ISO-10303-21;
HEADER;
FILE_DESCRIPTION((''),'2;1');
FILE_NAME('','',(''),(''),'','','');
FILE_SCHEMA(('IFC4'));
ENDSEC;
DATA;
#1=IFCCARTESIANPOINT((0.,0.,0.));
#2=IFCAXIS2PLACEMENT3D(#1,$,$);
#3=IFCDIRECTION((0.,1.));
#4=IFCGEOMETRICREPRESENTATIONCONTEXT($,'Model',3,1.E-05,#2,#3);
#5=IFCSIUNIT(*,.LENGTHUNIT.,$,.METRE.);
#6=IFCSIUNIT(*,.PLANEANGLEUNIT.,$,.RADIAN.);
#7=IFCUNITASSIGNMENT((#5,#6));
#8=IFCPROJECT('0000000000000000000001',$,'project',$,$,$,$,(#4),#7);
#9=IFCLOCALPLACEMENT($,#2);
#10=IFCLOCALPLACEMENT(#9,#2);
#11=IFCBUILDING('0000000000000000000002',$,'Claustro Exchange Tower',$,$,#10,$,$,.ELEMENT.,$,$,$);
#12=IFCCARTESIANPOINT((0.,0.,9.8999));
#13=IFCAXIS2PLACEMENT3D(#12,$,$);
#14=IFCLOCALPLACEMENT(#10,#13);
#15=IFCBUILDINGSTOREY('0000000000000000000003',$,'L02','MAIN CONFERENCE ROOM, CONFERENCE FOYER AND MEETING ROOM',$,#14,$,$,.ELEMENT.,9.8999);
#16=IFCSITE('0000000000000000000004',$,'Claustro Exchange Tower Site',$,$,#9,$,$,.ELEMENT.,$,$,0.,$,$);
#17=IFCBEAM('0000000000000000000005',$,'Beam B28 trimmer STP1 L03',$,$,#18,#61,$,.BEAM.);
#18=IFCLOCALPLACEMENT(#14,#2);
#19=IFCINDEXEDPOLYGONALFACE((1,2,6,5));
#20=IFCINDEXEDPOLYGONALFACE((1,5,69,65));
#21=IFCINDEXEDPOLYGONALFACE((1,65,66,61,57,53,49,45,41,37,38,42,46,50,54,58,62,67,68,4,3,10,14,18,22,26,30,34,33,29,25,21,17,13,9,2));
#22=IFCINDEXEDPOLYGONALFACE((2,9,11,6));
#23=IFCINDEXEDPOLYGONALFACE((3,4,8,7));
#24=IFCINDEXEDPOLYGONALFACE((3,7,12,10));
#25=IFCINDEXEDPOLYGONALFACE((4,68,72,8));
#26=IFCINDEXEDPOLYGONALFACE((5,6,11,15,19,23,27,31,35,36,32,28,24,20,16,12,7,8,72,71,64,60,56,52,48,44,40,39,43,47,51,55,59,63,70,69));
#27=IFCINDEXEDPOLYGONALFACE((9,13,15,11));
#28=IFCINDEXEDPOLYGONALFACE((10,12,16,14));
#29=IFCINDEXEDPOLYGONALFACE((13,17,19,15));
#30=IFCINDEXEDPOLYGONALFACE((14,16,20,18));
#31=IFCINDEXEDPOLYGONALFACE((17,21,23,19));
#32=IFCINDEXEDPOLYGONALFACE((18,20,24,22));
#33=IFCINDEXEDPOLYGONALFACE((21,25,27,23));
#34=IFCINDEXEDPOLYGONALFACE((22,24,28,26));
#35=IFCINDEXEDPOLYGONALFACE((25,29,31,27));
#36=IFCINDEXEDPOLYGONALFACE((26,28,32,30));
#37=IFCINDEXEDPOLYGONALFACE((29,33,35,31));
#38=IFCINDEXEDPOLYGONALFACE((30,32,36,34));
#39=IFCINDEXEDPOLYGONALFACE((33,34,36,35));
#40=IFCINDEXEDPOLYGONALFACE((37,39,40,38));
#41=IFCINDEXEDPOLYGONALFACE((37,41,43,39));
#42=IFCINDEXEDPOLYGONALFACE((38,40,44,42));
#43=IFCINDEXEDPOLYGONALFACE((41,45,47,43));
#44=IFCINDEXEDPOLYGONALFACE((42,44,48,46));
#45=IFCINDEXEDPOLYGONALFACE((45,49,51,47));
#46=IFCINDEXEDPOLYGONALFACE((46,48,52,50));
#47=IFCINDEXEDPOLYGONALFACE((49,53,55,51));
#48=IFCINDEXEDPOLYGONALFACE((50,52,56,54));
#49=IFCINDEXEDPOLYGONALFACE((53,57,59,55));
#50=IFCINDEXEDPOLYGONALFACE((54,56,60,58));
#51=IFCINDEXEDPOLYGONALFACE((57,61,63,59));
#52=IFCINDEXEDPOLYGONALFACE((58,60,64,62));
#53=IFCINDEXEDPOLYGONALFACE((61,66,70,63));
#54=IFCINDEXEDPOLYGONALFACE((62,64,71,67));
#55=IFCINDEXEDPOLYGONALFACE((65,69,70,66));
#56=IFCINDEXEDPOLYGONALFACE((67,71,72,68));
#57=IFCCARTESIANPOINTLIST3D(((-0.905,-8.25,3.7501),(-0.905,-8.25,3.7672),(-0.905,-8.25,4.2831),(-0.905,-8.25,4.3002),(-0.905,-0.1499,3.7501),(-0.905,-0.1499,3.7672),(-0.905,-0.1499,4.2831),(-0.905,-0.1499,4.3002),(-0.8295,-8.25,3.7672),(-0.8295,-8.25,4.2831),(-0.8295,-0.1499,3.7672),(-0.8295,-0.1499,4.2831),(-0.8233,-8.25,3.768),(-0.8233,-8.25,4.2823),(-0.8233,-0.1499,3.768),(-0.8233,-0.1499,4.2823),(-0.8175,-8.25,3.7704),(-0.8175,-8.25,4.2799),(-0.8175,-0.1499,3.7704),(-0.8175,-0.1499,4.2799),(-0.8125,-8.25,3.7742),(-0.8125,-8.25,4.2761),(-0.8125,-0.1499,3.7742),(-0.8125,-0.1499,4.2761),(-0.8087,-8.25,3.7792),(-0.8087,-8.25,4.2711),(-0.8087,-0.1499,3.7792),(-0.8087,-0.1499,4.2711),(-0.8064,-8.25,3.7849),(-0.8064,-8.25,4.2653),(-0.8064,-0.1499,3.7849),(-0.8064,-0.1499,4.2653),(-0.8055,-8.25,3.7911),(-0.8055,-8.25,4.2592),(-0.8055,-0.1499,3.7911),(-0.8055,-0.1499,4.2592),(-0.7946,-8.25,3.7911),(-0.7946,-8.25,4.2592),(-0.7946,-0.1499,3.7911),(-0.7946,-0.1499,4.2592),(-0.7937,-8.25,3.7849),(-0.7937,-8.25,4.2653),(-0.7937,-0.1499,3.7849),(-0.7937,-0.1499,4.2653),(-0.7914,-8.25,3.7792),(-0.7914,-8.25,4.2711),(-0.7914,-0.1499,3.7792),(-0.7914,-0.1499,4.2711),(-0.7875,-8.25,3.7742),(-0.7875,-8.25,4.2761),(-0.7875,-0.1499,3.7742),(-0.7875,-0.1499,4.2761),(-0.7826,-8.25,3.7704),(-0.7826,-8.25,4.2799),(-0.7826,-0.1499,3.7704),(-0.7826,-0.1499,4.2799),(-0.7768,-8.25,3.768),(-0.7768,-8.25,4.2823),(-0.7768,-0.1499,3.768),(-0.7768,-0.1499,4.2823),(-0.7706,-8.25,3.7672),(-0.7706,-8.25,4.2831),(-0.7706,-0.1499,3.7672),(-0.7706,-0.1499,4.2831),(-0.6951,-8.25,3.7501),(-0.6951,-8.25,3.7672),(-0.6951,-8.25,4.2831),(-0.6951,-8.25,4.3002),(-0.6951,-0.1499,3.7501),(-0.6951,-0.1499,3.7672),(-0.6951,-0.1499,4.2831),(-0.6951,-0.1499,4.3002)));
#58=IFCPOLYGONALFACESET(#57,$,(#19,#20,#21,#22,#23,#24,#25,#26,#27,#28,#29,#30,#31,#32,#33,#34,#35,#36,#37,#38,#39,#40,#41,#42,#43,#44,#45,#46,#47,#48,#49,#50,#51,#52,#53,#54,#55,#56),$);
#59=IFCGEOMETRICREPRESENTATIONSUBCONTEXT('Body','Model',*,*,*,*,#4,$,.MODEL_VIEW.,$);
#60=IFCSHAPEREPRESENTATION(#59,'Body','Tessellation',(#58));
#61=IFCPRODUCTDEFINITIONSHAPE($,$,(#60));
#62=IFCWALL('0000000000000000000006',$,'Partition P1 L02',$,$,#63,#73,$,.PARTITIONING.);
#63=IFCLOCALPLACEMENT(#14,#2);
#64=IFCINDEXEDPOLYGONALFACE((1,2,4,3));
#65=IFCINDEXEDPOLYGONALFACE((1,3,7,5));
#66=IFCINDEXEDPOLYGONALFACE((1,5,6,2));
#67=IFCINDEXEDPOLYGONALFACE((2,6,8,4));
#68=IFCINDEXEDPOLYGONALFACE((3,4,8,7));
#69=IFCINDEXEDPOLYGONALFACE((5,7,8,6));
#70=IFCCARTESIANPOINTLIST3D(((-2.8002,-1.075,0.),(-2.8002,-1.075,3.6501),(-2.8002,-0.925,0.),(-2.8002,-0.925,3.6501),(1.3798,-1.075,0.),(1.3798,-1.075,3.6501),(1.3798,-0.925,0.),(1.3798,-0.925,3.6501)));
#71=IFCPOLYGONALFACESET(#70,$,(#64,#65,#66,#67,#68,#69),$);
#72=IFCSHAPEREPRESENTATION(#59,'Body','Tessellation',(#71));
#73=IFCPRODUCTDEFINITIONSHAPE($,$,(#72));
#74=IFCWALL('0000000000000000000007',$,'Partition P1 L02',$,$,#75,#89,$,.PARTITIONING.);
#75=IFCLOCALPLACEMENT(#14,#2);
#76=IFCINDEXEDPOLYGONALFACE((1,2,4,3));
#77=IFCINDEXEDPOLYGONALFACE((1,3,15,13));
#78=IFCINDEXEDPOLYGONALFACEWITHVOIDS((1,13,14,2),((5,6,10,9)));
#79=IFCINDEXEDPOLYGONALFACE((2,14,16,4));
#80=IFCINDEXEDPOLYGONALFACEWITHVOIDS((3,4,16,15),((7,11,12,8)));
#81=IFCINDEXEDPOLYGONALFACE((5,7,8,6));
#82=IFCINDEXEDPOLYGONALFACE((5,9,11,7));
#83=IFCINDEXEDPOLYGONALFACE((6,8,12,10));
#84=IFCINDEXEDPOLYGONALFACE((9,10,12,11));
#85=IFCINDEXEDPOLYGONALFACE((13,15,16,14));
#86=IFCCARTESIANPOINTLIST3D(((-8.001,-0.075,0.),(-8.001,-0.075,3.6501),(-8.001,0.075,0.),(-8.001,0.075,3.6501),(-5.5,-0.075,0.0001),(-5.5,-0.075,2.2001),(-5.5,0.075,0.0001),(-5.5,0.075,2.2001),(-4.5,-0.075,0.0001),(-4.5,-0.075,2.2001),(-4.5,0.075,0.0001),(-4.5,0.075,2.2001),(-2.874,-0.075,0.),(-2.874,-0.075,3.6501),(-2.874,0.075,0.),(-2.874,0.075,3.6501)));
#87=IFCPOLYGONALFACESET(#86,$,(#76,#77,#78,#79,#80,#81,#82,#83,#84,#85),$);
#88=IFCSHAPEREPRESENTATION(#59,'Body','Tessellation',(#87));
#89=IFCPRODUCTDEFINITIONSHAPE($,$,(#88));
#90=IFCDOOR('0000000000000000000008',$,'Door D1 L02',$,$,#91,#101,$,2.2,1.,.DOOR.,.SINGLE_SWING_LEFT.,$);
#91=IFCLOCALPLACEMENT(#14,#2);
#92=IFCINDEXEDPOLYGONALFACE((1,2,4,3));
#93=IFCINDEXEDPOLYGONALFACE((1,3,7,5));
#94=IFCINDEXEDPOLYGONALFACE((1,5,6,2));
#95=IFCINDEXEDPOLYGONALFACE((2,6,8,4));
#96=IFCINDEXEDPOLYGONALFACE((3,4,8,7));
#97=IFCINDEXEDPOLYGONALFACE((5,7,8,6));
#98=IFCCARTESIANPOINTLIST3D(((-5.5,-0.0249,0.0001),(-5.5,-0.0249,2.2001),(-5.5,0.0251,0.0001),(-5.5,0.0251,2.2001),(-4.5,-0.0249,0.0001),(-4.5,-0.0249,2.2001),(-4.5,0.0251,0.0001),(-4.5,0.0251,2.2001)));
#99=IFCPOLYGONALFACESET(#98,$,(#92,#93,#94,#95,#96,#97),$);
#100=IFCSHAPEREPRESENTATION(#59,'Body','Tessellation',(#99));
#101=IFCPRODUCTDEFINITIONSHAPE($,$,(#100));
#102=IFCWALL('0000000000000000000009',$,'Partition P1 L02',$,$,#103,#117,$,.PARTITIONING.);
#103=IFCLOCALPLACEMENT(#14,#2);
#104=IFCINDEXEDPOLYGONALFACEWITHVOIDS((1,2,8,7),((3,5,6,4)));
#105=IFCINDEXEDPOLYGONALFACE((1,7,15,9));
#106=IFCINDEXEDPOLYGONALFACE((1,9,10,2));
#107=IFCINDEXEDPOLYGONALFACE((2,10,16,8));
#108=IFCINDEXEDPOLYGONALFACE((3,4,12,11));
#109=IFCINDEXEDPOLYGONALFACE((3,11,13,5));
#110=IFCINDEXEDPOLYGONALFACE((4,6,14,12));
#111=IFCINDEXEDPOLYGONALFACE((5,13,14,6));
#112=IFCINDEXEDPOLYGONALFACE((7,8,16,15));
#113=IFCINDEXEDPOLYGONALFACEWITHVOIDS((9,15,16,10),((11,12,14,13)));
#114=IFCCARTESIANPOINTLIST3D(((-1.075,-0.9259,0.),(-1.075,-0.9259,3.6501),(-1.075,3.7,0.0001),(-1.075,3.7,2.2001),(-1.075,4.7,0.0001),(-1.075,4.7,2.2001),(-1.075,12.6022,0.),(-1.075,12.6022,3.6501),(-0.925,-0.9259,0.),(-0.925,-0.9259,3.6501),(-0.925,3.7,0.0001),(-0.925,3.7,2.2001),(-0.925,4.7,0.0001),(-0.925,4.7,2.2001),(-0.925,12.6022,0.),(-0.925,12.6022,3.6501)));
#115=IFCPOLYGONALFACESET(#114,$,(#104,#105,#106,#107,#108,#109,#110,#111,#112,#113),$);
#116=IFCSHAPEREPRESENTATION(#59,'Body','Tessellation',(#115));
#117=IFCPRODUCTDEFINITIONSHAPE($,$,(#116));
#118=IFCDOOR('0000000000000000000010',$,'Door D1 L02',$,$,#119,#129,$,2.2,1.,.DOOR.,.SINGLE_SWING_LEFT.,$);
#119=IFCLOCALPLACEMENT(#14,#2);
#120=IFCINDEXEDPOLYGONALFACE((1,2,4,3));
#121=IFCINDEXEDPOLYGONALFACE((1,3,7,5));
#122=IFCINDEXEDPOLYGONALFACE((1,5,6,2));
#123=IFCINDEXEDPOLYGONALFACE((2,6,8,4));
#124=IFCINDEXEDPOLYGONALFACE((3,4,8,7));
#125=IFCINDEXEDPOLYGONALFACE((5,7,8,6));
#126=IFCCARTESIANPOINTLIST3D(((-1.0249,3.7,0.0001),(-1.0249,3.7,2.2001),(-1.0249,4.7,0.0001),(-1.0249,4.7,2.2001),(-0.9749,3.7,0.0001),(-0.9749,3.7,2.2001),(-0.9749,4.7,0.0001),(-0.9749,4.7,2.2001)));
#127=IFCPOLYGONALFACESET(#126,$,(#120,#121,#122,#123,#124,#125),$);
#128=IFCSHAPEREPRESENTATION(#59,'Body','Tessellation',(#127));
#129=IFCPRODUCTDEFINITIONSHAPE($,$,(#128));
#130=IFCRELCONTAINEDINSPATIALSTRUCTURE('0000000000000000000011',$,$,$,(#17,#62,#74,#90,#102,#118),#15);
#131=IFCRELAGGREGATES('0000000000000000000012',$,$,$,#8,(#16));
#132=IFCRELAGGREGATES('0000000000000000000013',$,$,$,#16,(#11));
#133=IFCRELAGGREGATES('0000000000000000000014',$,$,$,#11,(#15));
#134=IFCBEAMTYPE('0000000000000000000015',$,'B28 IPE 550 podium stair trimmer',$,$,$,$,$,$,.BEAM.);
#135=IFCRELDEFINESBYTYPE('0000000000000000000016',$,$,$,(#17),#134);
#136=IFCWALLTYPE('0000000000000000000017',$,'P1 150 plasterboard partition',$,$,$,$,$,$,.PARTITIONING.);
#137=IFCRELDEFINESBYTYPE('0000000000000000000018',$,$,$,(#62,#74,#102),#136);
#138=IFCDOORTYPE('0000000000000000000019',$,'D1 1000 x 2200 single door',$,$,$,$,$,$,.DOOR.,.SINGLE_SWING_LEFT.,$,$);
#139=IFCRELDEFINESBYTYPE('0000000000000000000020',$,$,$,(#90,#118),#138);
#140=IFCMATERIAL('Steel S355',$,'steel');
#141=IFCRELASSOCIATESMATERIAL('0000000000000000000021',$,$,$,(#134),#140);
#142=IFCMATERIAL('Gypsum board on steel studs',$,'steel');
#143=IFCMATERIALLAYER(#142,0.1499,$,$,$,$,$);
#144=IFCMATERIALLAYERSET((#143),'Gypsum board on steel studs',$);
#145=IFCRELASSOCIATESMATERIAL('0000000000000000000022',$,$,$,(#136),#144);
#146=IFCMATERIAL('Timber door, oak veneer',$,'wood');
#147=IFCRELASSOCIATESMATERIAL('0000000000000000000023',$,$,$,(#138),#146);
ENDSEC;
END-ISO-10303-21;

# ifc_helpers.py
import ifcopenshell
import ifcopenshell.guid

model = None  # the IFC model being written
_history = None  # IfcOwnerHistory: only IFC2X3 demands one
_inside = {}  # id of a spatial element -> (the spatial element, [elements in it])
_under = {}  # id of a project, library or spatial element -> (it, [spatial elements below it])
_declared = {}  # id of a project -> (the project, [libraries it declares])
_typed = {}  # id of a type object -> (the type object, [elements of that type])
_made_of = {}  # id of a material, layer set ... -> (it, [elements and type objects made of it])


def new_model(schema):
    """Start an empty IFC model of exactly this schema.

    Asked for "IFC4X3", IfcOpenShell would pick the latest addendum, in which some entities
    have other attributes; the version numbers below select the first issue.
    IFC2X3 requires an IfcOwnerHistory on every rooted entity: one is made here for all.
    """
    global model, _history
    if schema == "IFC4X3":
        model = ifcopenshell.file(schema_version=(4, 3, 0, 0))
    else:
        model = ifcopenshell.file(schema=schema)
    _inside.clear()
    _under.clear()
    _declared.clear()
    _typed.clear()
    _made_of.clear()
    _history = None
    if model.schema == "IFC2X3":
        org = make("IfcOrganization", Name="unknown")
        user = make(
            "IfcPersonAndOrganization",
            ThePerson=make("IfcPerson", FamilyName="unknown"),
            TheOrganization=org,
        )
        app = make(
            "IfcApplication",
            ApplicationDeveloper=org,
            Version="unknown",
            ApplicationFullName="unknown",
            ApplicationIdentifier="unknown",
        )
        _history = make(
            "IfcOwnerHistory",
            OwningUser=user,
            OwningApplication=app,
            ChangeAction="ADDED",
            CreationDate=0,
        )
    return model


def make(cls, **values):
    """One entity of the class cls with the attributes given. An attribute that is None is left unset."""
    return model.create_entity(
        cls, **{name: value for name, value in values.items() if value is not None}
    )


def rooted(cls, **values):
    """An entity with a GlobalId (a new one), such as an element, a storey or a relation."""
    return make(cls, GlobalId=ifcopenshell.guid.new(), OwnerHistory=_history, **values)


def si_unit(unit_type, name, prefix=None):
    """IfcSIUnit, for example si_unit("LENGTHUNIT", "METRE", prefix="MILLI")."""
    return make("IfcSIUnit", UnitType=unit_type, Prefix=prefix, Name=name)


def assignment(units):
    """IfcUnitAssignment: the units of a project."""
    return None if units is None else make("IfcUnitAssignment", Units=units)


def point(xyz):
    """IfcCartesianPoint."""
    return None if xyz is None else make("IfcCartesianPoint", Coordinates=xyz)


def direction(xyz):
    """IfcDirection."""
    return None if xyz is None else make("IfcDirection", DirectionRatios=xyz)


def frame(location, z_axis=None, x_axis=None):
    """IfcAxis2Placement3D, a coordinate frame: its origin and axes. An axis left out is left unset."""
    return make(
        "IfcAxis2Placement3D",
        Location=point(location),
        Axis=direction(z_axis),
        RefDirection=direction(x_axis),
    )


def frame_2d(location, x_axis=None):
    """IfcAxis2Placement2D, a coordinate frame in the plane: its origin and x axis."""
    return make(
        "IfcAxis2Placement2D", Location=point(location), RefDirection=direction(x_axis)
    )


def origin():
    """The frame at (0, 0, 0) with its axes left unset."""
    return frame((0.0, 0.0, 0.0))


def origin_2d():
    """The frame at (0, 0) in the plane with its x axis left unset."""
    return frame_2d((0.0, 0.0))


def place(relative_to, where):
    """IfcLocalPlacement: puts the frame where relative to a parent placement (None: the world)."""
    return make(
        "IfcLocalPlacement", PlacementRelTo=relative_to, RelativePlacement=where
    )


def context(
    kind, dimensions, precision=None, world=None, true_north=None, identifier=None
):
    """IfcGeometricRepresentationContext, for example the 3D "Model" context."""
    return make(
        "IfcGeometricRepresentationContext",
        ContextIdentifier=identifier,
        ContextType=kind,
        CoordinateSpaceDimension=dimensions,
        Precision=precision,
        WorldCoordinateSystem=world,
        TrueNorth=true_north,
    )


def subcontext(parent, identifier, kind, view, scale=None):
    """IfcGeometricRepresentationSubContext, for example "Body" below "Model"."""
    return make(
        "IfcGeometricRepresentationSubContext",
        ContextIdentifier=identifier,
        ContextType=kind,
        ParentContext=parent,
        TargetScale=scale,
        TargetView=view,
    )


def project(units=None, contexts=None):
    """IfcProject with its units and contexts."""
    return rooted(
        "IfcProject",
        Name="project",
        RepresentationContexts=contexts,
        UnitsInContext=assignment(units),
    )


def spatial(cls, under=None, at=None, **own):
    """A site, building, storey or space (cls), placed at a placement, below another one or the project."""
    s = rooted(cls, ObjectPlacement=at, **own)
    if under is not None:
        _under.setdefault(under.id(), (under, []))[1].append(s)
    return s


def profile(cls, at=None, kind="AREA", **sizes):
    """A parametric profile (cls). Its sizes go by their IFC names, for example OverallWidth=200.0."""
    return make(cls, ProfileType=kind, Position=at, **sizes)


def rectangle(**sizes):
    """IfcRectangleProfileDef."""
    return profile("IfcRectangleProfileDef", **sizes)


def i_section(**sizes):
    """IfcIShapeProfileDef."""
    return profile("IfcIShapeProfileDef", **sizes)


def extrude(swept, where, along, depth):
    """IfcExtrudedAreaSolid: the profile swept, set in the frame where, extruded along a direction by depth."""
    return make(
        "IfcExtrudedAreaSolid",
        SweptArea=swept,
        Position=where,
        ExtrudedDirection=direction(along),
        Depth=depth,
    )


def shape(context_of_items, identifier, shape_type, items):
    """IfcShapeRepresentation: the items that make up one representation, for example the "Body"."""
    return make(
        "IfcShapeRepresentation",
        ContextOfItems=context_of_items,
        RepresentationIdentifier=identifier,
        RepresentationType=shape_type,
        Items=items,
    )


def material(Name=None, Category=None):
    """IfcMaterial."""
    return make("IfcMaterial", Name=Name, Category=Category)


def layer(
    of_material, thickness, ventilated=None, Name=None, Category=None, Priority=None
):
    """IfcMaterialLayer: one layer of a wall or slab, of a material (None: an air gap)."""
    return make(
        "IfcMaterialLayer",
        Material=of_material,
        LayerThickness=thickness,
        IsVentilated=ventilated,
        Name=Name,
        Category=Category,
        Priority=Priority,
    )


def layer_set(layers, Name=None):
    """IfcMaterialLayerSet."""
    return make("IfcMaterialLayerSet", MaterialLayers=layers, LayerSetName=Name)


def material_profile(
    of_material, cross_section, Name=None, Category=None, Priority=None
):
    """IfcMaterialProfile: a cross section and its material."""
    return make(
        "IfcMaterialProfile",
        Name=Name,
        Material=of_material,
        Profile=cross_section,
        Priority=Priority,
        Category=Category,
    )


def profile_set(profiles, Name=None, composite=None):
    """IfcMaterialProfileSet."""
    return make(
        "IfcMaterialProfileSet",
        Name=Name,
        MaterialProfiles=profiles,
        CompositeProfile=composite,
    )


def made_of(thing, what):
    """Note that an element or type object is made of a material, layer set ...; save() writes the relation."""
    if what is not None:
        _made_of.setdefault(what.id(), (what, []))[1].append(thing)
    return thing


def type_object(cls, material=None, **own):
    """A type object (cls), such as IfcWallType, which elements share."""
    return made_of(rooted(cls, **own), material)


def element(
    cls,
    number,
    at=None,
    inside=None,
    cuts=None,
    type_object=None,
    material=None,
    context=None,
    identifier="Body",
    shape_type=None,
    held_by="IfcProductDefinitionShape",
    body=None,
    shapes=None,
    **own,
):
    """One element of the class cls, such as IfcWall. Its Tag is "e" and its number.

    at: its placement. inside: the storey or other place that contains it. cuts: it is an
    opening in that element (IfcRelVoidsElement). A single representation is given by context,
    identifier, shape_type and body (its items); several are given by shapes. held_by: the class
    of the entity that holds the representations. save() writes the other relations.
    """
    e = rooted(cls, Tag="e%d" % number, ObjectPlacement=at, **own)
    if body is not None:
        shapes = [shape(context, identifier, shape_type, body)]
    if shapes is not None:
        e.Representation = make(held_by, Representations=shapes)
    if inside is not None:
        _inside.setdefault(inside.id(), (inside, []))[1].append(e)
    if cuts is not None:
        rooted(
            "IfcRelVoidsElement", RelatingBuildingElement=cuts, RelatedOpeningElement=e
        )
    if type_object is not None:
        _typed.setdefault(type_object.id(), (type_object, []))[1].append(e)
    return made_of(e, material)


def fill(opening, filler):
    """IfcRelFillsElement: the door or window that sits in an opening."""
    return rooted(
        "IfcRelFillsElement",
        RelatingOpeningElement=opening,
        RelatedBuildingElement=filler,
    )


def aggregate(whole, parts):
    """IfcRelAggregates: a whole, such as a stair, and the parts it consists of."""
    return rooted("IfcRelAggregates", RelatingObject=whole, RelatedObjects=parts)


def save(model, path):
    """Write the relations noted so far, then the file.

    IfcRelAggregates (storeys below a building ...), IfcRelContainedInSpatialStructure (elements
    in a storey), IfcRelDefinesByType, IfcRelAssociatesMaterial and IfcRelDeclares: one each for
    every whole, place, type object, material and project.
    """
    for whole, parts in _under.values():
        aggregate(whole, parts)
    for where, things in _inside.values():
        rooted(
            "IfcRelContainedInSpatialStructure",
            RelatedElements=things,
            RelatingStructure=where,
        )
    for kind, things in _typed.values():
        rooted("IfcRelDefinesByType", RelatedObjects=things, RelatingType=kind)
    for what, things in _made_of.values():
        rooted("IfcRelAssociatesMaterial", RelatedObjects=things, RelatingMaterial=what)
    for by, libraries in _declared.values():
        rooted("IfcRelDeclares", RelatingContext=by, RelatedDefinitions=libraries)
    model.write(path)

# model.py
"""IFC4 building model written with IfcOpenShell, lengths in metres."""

from ifc_helpers import new_model, si_unit, direction, frame, frame_2d, origin, origin_2d, place, context, subcontext, project, spatial, rectangle, i_section, extrude, material, layer, layer_set, material_profile, profile_set, type_object, element, fill, save


model = new_model("IFC4")

# Units and contexts
model_context = context("Model", 3, precision=1e-05, world=origin(), true_north=direction((0.0, 1.0)))
body_context = subcontext(model_context, "Body", "Model", "MODEL_VIEW")
ifc_project = project(units=[si_unit("LENGTHUNIT", "METRE"), si_unit("PLANEANGLEUNIT", "RADIAN")], contexts=[model_context])

# Site, building, storey
site_placement = place(None, origin())
site = spatial("IfcSite", under=ifc_project, at=site_placement, Name="Claustro Exchange Tower Site", CompositionType="ELEMENT", RefElevation=0.0)
building_placement = place(site_placement, origin())
building = spatial("IfcBuilding", under=site, at=building_placement, Name="Claustro Exchange Tower", CompositionType="ELEMENT")
storey_placement = place(building_placement, frame((0.0, 0.0, 9.8999)))
storey = spatial("IfcBuildingStorey", under=building, at=storey_placement, Name="L02", Description="MAIN CONFERENCE ROOM, CONFERENCE FOYER AND MEETING ROOM", CompositionType="ELEMENT", Elevation=9.8999)

# Beam
ifc_material_1 = material(Name="Steel S355", Category="steel")
ifc_material_profile_1 = material_profile(ifc_material_1, i_section(OverallWidth=0.21, OverallDepth=0.55, WebThickness=0.011, FlangeThickness=0.0171, FilletRadius=0.0239, at=origin_2d()), Name="IPE 550")
ifc_profile_set_1 = profile_set([ifc_material_profile_1], Name="Steel S355")
beam_type_1 = type_object("IfcBeamType", Name="B28 IPE 550 podium stair trimmer", PredefinedType="BEAM", material=ifc_profile_set_1)
beam_placement = place(storey_placement, frame((-0.8, -8.25, 4.0251), z_axis=(0.0, 1.0, 0.0), x_axis=(-1.0, 0.0, 0.0)))
element("IfcBeam", 1, at=beam_placement, inside=storey, type_object=beam_type_1, Name="Beam B28 trimmer STP1 L03", PredefinedType="BEAM", context=body_context, shape_type="SweptSolid", body=[
    extrude(i_section(OverallWidth=0.21, OverallDepth=0.55, WebThickness=0.011, FlangeThickness=0.0171, FilletRadius=0.0239, at=origin_2d()), origin(), (0.0, 0.0, 1.0), 8.1001),
])

# Wall
ifc_material_2 = material(Name="Gypsum board on steel studs", Category="steel")
ifc_layer_1 = layer(ifc_material_2, 0.1499)
ifc_layer_set_1 = layer_set([ifc_layer_1], Name="Gypsum board on steel studs")
wall_type_1 = type_object("IfcWallType", Name="P1 150 plasterboard partition", PredefinedType="PARTITIONING", material=ifc_layer_set_1)
wall_1_placement = place(storey_placement, frame((-2.8, -1.0, 0.0), z_axis=(0.0, 0.0, 1.0), x_axis=(1.0, 0.0, 0.0)))
element("IfcWall", 2, at=wall_1_placement, inside=storey, type_object=wall_type_1, Name="Partition P1 L02", PredefinedType="PARTITIONING", context=body_context, shape_type="SweptSolid", body=[
    extrude(rectangle(XDim=4.1799, YDim=0.1499, at=frame_2d((2.0898, 0.0))), origin(), (0.0, 0.0, 1.0), 3.6501),
])

# Walls, openings, doors
wall_2_placement = place(storey_placement, frame((-8.001, 0.0, 0.0), z_axis=(0.0, 0.0, 1.0), x_axis=(1.0, 0.0, 0.0)))
wall_2 = element("IfcWall", 3, at=wall_2_placement, inside=storey, type_object=wall_type_1, Name="Partition P1 L02", PredefinedType="PARTITIONING", context=body_context, shape_type="SweptSolid", body=[
    extrude(rectangle(XDim=5.127, YDim=0.1499, at=frame_2d((2.5635, 0.0))), origin(), (0.0, 0.0, 1.0), 3.6501),
])
opening_1_placement = place(wall_2_placement, frame((2.501, 0.0, 0.0)))
opening_1 = element("IfcOpeningElement", 4, at=opening_1_placement, cuts=wall_2, PredefinedType="OPENING", context=body_context, shape_type="SweptSolid", body=[
    extrude(rectangle(XDim=1.0, YDim=2.2, at=frame_2d((0.5, 1.1001))), frame((0.0, 0.085, 0.0), z_axis=(0.0, -1.0, 0.0), x_axis=(1.0, 0.0, 0.0)), (0.0, 0.0, 1.0), 0.1699),
])
ifc_material_3 = material(Name="Timber door, oak veneer", Category="wood")
door_type = type_object("IfcDoorType", Name="D1 1000 x 2200 single door", OperationType="SINGLE_SWING_LEFT", PredefinedType="DOOR", material=ifc_material_3)
door_1_placement = place(opening_1_placement, frame((1.0, 0.0, 0.0), z_axis=(0.0, 0.0, 1.0), x_axis=(-1.0, 0.0, 0.0)))
door_1 = element("IfcDoor", 5, at=door_1_placement, inside=storey, type_object=door_type, Name="Door D1 L02", OperationType="SINGLE_SWING_LEFT", OverallHeight=2.2, OverallWidth=1.0, PredefinedType="DOOR", context=body_context, shape_type="SweptSolid", body=[
    extrude(rectangle(XDim=1.0, YDim=2.2, at=frame_2d((0.5, 1.1001))), frame((0.0, 0.0249, 0.0), z_axis=(0.0, -1.0, 0.0), x_axis=(1.0, 0.0, 0.0)), (0.0, 0.0, 1.0), 0.05),
])
fill(opening_1, door_1)
wall_3_placement = place(storey_placement, frame((-1.0, -0.926, 0.0), z_axis=(0.0, 0.0, 1.0), x_axis=(0.0, 1.0, 0.0)))
wall_3 = element("IfcWall", 6, at=wall_3_placement, inside=storey, type_object=wall_type_1, Name="Partition P1 L02", PredefinedType="PARTITIONING", context=body_context, shape_type="SweptSolid", body=[
    extrude(rectangle(XDim=13.5281, YDim=0.1499, at=frame_2d((6.7642, 0.0))), origin(), (0.0, 0.0, 1.0), 3.6501),
])
opening_2_placement = place(wall_3_placement, frame((4.626, 0.0, 0.0)))
opening_2 = element("IfcOpeningElement", 7, at=opening_2_placement, cuts=wall_3, PredefinedType="OPENING", context=body_context, shape_type="SweptSolid", body=[
    extrude(rectangle(XDim=1.0, YDim=2.2, at=frame_2d((0.5, 1.1001))), frame((0.0, 0.085, 0.0), z_axis=(0.0, -1.0, 0.0), x_axis=(1.0, 0.0, 0.0)), (0.0, 0.0, 1.0), 0.1699),
])
door_2_placement = place(opening_2_placement, origin())
door_2 = element("IfcDoor", 8, at=door_2_placement, inside=storey, type_object=door_type, Name="Door D1 L02", OperationType="SINGLE_SWING_LEFT", OverallHeight=2.2, OverallWidth=1.0, PredefinedType="DOOR", context=body_context, shape_type="SweptSolid", body=[
    extrude(rectangle(XDim=1.0, YDim=2.2, at=frame_2d((0.5, 1.1001))), frame((0.0, 0.0249, 0.0), z_axis=(0.0, -1.0, 0.0), x_axis=(1.0, 0.0, 0.0)), (0.0, 0.0, 1.0), 0.05),
])
fill(opening_2, door_2)

save(model, "model.ifc")
